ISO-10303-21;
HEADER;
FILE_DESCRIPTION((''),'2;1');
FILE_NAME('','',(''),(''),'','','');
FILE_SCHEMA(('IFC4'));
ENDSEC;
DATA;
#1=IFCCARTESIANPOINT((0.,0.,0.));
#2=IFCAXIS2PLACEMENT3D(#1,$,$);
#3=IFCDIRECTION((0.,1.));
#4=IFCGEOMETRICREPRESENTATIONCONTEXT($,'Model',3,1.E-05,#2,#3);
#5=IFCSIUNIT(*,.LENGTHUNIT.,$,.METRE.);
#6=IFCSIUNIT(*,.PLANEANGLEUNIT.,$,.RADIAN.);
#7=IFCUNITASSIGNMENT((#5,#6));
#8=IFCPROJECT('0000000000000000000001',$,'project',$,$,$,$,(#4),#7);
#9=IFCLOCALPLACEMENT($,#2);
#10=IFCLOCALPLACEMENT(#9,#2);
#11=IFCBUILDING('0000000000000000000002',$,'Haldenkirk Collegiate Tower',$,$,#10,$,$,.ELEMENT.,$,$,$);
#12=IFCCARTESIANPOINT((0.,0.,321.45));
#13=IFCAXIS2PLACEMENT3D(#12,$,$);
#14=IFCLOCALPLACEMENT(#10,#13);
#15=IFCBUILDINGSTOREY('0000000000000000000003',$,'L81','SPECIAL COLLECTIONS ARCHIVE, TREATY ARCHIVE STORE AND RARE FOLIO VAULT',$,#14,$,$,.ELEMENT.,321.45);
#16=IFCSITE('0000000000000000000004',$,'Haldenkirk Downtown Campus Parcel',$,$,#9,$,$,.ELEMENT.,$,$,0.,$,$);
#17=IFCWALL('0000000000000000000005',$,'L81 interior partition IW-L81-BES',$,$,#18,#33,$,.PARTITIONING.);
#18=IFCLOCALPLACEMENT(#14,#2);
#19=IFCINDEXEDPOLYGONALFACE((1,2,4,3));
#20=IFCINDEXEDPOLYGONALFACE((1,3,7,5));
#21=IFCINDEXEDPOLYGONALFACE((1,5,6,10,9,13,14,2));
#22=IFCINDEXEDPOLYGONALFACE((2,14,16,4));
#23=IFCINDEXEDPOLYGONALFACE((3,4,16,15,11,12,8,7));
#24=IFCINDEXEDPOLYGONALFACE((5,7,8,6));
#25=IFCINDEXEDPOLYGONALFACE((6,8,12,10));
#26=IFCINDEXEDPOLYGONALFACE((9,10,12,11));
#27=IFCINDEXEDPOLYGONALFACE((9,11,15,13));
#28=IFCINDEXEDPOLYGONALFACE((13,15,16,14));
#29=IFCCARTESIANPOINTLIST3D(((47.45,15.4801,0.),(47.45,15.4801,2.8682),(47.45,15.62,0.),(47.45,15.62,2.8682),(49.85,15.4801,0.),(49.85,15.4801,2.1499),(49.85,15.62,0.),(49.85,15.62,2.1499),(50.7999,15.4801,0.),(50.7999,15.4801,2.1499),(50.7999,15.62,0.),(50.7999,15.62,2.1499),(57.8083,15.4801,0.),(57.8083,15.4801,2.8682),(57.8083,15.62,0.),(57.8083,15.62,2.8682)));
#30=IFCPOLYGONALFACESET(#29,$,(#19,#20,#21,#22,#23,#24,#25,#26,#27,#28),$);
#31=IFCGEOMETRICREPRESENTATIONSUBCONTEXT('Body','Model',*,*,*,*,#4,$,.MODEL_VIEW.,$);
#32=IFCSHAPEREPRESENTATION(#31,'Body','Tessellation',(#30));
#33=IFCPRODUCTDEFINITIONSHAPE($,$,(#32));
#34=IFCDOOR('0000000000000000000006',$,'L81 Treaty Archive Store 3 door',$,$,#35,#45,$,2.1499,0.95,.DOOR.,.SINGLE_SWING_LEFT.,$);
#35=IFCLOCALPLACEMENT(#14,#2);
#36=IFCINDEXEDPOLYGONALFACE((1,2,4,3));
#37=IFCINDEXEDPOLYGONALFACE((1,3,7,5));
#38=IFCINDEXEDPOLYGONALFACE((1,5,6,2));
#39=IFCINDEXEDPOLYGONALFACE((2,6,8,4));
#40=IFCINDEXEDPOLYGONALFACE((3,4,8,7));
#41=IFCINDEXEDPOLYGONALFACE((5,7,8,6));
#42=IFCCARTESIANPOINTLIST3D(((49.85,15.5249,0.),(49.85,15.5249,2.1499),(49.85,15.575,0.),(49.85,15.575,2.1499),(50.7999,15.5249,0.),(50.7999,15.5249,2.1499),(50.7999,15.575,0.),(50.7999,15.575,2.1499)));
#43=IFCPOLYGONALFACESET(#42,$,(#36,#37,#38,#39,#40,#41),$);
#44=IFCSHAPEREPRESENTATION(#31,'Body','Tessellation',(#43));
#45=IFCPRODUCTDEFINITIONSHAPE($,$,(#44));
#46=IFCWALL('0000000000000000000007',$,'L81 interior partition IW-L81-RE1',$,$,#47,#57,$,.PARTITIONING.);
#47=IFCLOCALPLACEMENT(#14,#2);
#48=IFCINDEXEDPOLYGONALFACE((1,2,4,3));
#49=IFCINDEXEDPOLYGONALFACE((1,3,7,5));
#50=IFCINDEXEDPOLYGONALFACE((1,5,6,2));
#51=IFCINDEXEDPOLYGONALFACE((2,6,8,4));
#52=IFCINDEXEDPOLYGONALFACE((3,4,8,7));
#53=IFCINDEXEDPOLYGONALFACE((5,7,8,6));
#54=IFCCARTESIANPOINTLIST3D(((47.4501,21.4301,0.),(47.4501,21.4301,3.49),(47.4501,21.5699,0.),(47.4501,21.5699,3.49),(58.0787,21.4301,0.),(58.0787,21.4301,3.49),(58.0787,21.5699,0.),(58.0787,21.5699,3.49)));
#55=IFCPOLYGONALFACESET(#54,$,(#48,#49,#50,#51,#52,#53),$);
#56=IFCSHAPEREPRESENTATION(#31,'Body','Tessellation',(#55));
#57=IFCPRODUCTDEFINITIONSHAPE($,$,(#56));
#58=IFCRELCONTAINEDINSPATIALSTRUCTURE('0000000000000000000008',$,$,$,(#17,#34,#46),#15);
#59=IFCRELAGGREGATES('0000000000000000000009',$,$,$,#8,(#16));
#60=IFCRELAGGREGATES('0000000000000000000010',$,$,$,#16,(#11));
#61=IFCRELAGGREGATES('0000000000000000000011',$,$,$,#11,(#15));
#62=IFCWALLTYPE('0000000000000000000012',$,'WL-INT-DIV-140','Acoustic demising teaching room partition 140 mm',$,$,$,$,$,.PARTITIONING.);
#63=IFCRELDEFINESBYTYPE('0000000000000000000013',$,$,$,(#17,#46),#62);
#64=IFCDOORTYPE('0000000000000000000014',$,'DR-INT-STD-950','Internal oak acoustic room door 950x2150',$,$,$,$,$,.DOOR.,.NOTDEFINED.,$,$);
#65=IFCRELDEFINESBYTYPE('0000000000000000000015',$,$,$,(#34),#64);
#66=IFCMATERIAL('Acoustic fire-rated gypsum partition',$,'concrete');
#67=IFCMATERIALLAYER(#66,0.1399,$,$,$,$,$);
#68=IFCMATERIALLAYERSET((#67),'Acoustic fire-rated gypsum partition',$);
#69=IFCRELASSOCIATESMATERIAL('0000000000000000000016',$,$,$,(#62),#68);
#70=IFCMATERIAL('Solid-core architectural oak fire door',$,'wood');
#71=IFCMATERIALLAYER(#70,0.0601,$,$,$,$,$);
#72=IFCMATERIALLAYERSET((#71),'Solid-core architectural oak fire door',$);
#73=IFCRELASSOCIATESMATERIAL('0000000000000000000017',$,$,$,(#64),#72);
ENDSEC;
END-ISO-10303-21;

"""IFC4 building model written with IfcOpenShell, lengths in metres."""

from ifc_helpers import new_model, si_unit, direction, frame, frame_2d, origin, place, context, subcontext, project, spatial, rectangle, extrude, material, layer, layer_set, type_object, element, fill, save


model = new_model("IFC4")

# Units and contexts
model_context = context("Model", 3, precision=1e-05, world=origin(), true_north=direction((0.0, 1.0)))
body_context = subcontext(model_context, "Body", "Model", "MODEL_VIEW")
ifc_project = project(units=[si_unit("LENGTHUNIT", "METRE"), si_unit("PLANEANGLEUNIT", "RADIAN")], contexts=[model_context])

# Site, building, storey
site_placement = place(None, origin())
site = spatial("IfcSite", under=ifc_project, at=site_placement, Name="Haldenkirk Downtown Campus Parcel", CompositionType="ELEMENT", RefElevation=0.0)
building_placement = place(site_placement, origin())
building = spatial("IfcBuilding", under=site, at=building_placement, Name="Haldenkirk Collegiate Tower", CompositionType="ELEMENT")
storey_placement = place(building_placement, frame((0.0, 0.0, 321.45)))
storey = spatial("IfcBuildingStorey", under=building, at=storey_placement, Name="L81", Description="SPECIAL COLLECTIONS ARCHIVE, TREATY ARCHIVE STORE AND RARE FOLIO VAULT", CompositionType="ELEMENT", Elevation=321.45)

# Shared definitions
ifc_material_1 = material(Name="Acoustic fire-rated gypsum partition", Category="concrete")
ifc_material_2 = material(Name="Solid-core architectural oak fire door", Category="wood")

# Wall, opening, door
ifc_layer_1 = layer(ifc_material_1, 0.1399)
ifc_layer_set_1 = layer_set([ifc_layer_1], Name="Acoustic fire-rated gypsum partition")
wall_type_1 = type_object("IfcWallType", Name="WL-INT-DIV-140", Description="Acoustic demising teaching room partition 140 mm", PredefinedType="PARTITIONING", material=ifc_layer_set_1)
wall_1_placement = place(storey_placement, frame((47.45, 15.55, 0.0), z_axis=(0.0, 0.0, 1.0), x_axis=(1.0, 0.0, 0.0)))
wall_1 = element("IfcWall", 1, at=wall_1_placement, inside=storey, type_object=wall_type_1, Name="L81 interior partition IW-L81-BES", PredefinedType="PARTITIONING", context=body_context, shape_type="SweptSolid", body=[
    extrude(rectangle(XDim=10.3584, YDim=0.1399, at=frame_2d((5.1792, 0.0))), origin(), (0.0, 0.0, 1.0), 2.8682),
])
opening_1_placement = place(wall_1_placement, frame((2.3999, 0.0, 0.0)))
opening_1 = element("IfcOpeningElement", 2, at=opening_1_placement, cuts=wall_1, PredefinedType="OPENING", context=body_context, shape_type="SweptSolid", body=[
    extrude(rectangle(XDim=0.95, YDim=2.1499, at=frame_2d((0.4751, 1.075))), frame((0.0, 0.0798, 0.0), z_axis=(0.0, -1.0, 0.0), x_axis=(1.0, 0.0, 0.0)), (0.0, 0.0, 1.0), 0.1599),
])
ifc_layer_2 = layer(ifc_material_2, 0.0601)
ifc_layer_set_2 = layer_set([ifc_layer_2], Name="Solid-core architectural oak fire door")
door_type_1 = type_object("IfcDoorType", Name="DR-INT-STD-950", Description="Internal oak acoustic room door 950x2150", OperationType="NOTDEFINED", PredefinedType="DOOR", material=ifc_layer_set_2)
door_1_placement = place(opening_1_placement, origin())
door_1 = element("IfcDoor", 3, at=door_1_placement, inside=storey, type_object=door_type_1, Name="L81 Treaty Archive Store 3 door", OperationType="SINGLE_SWING_LEFT", OverallHeight=2.1499, OverallWidth=0.95, PredefinedType="DOOR", context=body_context, shape_type="SweptSolid", body=[
    extrude(rectangle(XDim=0.95, YDim=2.1499, at=frame_2d((0.4751, 1.075))), frame((0.0, 0.0249, 0.0), z_axis=(0.0, -1.0, 0.0), x_axis=(1.0, 0.0, 0.0)), (0.0, 0.0, 1.0), 0.05),
])
fill(opening_1, door_1)

# Wall
wall_2_placement = place(storey_placement, frame((47.45, 21.5, 0.0), z_axis=(0.0, 0.0, 1.0), x_axis=(1.0, 0.0, 0.0)))
element("IfcWall", 4, at=wall_2_placement, inside=storey, type_object=wall_type_1, Name="L81 interior partition IW-L81-RE1", PredefinedType="PARTITIONING", context=body_context, shape_type="SweptSolid", body=[
    extrude(rectangle(XDim=10.6287, YDim=0.1399, at=frame_2d((5.3145, 0.0))), origin(), (0.0, 0.0, 1.0), 3.49),
])

save(model, "model.ifc")
